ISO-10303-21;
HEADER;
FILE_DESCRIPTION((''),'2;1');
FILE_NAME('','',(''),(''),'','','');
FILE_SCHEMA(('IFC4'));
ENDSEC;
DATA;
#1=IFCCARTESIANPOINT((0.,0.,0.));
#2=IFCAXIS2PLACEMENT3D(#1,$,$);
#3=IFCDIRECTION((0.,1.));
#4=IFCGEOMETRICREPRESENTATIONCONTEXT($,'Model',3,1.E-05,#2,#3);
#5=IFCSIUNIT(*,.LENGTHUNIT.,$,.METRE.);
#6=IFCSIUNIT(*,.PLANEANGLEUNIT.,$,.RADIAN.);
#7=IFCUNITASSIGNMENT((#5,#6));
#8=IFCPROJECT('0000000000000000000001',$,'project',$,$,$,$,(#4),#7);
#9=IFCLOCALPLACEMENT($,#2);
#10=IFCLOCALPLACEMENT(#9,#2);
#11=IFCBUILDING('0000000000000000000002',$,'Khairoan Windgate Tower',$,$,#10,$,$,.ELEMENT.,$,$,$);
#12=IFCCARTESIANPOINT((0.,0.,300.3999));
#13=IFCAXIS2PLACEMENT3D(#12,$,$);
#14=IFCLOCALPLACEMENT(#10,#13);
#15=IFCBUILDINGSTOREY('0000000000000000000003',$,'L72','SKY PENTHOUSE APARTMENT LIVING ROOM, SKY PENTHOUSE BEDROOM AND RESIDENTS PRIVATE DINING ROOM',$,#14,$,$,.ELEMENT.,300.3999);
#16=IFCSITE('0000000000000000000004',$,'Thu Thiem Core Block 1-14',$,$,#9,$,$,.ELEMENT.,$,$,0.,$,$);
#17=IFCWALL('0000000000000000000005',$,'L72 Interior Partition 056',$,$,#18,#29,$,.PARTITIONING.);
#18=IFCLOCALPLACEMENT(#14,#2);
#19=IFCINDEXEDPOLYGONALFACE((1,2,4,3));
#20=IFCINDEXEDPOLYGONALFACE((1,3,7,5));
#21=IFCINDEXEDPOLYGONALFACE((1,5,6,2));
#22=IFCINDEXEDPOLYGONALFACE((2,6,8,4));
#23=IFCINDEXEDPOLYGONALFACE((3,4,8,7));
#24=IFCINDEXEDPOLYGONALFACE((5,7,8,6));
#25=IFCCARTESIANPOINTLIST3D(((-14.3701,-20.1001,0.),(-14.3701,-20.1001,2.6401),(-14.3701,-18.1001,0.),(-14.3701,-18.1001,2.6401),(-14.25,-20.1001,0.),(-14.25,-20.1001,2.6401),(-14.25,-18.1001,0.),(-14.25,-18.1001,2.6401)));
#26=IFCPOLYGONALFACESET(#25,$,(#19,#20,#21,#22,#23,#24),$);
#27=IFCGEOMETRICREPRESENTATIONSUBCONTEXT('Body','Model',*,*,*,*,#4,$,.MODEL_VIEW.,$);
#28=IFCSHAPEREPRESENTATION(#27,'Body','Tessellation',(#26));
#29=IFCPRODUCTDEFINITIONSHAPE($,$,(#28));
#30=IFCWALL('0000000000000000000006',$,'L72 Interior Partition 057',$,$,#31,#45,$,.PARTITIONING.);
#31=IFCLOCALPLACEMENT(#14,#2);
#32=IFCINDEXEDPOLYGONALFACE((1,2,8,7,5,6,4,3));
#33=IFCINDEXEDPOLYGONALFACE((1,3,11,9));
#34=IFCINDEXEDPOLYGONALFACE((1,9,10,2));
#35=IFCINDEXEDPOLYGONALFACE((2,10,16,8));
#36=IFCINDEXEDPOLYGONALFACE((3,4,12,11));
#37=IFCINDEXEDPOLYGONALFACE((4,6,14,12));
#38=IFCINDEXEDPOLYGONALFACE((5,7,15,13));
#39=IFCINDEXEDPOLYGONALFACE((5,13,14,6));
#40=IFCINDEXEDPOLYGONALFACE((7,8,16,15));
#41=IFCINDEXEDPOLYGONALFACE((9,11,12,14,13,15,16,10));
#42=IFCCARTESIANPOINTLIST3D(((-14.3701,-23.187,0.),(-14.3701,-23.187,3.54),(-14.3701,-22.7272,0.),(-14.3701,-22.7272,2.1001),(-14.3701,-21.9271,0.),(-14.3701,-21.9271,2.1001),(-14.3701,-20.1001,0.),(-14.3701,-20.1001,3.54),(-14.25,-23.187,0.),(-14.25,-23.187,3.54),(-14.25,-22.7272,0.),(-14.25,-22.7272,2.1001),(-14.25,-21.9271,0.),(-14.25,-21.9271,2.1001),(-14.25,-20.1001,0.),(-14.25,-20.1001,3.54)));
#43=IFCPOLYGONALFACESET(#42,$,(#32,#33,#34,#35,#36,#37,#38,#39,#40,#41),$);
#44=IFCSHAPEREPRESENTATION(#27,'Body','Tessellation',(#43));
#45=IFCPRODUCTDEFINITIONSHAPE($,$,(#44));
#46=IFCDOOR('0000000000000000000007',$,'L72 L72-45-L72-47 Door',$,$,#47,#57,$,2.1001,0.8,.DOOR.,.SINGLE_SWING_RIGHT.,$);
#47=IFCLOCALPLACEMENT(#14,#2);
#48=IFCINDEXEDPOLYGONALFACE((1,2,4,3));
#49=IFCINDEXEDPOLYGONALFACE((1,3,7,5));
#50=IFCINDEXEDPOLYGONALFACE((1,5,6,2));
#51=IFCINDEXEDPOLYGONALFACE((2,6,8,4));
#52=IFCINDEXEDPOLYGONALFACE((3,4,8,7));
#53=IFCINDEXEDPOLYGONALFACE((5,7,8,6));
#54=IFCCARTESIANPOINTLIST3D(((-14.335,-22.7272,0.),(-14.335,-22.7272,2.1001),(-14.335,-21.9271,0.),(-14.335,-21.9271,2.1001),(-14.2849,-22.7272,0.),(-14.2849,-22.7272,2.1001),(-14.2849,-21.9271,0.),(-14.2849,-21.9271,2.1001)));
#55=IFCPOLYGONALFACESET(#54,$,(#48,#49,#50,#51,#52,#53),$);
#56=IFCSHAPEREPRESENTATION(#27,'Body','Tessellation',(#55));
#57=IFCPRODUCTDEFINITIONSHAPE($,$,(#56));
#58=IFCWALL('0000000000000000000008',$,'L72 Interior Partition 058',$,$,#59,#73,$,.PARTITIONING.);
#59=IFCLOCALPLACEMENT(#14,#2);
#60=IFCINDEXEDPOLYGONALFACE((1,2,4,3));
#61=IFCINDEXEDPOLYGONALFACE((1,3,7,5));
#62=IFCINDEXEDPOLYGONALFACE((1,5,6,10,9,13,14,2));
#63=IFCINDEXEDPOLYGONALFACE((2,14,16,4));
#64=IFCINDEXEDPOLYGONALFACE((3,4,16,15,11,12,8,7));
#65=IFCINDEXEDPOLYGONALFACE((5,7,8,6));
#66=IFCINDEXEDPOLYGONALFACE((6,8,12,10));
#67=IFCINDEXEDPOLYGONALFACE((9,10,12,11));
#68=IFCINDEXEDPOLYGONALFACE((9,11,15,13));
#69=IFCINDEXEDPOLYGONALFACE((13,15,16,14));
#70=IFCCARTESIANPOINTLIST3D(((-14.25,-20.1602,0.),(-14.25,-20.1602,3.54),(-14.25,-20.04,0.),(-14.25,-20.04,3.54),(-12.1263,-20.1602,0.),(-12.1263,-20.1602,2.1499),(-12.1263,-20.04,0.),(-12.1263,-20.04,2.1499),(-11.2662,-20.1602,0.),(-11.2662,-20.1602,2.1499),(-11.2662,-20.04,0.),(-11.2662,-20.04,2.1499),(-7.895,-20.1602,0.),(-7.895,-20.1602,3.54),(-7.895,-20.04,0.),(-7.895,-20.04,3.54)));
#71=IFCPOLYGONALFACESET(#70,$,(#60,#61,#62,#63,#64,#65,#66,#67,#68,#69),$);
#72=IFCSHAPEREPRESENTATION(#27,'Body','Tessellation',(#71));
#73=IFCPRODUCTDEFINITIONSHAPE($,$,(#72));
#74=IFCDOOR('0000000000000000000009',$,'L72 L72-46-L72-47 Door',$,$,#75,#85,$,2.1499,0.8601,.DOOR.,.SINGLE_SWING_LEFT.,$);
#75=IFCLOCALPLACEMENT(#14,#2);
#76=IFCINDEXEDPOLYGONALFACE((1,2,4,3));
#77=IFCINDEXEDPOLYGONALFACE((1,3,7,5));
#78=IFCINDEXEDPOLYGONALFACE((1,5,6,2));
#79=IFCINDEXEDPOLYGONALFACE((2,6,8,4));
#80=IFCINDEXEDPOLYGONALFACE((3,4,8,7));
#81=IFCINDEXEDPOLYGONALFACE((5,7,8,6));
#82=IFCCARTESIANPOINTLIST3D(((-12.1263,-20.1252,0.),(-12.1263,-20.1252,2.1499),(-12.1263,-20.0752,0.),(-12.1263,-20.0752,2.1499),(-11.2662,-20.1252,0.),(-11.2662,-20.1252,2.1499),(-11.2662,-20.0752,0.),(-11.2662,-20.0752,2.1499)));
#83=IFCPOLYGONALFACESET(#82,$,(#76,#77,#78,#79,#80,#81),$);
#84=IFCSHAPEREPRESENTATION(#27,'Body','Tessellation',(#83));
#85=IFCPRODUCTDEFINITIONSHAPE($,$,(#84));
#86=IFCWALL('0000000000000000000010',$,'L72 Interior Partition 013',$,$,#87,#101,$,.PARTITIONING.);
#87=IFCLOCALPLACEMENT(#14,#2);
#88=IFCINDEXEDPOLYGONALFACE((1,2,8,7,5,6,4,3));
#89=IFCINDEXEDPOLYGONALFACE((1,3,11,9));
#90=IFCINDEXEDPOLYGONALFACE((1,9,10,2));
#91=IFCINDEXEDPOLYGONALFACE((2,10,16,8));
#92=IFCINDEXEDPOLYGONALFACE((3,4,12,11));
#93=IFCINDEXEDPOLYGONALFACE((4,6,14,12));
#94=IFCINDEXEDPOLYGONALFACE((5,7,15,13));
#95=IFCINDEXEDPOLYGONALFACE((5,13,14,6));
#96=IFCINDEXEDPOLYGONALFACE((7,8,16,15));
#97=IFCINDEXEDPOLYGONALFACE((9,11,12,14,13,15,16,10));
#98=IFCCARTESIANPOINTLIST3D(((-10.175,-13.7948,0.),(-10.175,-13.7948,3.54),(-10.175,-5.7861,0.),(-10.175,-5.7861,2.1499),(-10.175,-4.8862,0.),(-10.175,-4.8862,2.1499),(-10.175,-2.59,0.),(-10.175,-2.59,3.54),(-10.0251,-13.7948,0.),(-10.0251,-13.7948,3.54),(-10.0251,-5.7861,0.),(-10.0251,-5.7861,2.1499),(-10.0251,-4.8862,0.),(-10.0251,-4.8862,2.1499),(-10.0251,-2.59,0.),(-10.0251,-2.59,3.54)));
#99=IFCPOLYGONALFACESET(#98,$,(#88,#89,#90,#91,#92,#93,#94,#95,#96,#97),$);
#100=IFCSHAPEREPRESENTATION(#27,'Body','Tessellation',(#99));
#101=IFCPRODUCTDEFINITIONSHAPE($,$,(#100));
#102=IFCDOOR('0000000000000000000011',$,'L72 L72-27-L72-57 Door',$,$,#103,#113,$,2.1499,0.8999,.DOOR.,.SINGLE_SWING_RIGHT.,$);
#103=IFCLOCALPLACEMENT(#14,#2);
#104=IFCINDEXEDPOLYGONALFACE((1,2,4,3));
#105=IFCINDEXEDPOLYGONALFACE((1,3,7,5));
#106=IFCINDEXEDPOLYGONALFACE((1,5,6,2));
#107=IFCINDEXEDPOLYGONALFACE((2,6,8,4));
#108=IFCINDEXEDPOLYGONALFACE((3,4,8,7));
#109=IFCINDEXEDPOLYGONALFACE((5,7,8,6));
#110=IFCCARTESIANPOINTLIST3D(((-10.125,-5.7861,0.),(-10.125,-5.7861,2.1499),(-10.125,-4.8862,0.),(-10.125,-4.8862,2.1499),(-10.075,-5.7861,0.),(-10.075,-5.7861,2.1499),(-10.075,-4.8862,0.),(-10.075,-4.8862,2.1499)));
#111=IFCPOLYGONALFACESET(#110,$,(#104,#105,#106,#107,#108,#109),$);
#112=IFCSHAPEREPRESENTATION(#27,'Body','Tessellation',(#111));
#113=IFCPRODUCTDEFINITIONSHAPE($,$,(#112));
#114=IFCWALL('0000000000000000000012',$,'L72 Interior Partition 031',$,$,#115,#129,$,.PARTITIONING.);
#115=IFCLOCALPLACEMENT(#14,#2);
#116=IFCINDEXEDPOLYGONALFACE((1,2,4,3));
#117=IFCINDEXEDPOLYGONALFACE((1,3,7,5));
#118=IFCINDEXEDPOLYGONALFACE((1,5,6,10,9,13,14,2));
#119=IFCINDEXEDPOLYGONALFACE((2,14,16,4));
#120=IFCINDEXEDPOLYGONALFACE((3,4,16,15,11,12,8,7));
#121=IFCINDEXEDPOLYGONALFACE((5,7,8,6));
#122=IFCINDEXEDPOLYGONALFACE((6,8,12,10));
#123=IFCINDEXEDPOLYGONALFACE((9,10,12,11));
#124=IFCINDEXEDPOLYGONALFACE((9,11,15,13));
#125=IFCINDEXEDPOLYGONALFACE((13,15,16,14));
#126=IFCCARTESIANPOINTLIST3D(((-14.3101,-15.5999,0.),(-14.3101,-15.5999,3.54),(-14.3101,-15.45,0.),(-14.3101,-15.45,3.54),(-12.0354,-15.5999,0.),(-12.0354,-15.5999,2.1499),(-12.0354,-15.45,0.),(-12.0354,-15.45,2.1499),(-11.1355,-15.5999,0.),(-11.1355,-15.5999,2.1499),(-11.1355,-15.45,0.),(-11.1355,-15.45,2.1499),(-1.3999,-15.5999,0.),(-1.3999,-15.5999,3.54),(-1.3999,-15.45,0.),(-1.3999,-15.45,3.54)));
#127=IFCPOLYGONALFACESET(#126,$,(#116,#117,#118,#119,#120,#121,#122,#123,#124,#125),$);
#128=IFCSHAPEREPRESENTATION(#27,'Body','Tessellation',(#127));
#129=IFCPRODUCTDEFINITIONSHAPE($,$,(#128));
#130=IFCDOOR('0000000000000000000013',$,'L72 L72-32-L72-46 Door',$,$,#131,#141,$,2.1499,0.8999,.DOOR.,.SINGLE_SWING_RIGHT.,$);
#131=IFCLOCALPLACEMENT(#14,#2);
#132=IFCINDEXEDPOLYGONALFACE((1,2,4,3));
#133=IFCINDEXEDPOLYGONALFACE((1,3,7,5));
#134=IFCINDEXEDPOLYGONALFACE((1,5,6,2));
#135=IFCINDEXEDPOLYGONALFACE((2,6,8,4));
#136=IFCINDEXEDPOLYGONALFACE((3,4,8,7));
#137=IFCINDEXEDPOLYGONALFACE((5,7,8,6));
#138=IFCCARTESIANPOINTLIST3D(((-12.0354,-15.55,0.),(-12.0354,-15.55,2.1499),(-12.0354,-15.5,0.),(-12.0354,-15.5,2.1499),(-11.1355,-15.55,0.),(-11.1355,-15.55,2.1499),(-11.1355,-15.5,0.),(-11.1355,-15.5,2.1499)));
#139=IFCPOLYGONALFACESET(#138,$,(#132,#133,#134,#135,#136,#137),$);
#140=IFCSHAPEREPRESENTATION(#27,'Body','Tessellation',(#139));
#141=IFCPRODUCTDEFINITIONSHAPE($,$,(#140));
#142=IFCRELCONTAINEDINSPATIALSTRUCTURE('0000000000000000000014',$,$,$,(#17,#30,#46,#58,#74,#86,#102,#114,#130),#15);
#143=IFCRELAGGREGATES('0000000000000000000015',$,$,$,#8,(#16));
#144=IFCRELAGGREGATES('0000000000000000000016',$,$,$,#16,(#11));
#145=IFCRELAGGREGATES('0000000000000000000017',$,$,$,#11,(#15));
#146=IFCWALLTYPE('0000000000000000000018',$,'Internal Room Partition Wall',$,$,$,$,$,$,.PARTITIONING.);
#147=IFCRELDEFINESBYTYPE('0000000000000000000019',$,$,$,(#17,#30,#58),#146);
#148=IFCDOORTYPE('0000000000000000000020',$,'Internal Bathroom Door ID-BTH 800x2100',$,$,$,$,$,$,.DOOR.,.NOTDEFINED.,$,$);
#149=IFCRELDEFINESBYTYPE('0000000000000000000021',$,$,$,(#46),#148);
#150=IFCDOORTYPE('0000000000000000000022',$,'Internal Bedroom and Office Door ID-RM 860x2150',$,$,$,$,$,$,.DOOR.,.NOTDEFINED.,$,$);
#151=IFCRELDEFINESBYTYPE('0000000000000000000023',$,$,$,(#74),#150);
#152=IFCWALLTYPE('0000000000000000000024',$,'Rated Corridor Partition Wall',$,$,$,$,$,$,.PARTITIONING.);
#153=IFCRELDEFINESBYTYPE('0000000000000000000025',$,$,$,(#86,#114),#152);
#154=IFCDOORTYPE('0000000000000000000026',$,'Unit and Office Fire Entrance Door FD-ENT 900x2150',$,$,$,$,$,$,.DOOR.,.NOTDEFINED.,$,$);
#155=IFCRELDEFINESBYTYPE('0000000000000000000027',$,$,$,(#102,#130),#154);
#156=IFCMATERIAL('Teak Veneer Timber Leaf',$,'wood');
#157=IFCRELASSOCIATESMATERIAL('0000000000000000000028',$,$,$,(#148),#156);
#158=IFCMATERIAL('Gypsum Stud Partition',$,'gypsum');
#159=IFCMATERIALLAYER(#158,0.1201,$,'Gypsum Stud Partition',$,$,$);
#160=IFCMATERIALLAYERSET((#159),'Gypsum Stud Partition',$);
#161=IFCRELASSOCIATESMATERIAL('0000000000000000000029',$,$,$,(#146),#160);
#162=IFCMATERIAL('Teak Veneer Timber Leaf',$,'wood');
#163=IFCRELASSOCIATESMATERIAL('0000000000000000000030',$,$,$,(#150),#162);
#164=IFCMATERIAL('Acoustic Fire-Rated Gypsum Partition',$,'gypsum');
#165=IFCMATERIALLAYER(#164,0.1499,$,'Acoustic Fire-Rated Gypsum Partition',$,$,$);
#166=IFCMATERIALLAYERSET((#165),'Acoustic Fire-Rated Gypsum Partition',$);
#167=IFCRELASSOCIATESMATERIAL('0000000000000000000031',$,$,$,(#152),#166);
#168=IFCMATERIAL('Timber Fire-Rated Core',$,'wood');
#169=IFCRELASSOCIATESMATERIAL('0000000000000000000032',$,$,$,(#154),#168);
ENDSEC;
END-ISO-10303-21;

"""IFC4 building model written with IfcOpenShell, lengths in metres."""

from ifc_helpers import new_model, si_unit, direction, frame, frame_2d, origin, place, context, subcontext, project, spatial, rectangle, extrude, material, layer, layer_set, type_object, element, fill, save


model = new_model("IFC4")

# Units and contexts
model_context = context("Model", 3, precision=1e-05, world=origin(), true_north=direction((0.0, 1.0)))
body_context = subcontext(model_context, "Body", "Model", "MODEL_VIEW")
ifc_project = project(units=[si_unit("LENGTHUNIT", "METRE"), si_unit("PLANEANGLEUNIT", "RADIAN")], contexts=[model_context])

# Site, building, storey
site_placement = place(None, origin())
site = spatial("IfcSite", under=ifc_project, at=site_placement, Name="Thu Thiem Core Block 1-14", CompositionType="ELEMENT", RefElevation=0.0)
building_placement = place(site_placement, origin())
building = spatial("IfcBuilding", under=site, at=building_placement, Name="Khairoan Windgate Tower", CompositionType="ELEMENT")
storey_placement = place(building_placement, frame((0.0, 0.0, 300.3999)))
storey = spatial("IfcBuildingStorey", under=building, at=storey_placement, Name="L72", Description="SKY PENTHOUSE APARTMENT LIVING ROOM, SKY PENTHOUSE BEDROOM AND RESIDENTS PRIVATE DINING ROOM", CompositionType="ELEMENT", Elevation=300.3999)

# Shared definitions
ifc_material_1 = material(Name="Teak Veneer Timber Leaf", Category="wood")
door_type_1 = type_object("IfcDoorType", Name="Internal Bathroom Door ID-BTH 800x2100", OperationType="NOTDEFINED", PredefinedType="DOOR", material=ifc_material_1)

# Wall
ifc_material_2 = material(Name="Gypsum Stud Partition", Category="gypsum")
ifc_layer_1 = layer(ifc_material_2, 0.1201, Name="Gypsum Stud Partition")
ifc_layer_set_1 = layer_set([ifc_layer_1], Name="Gypsum Stud Partition")
wall_type_1 = type_object("IfcWallType", Name="Internal Room Partition Wall", PredefinedType="PARTITIONING", material=ifc_layer_set_1)
wall_1_placement = place(storey_placement, frame((-14.3101, -20.1001, 0.0), z_axis=(0.0, 0.0, 1.0), x_axis=(0.0, 1.0, 0.0)))
element("IfcWall", 1, at=wall_1_placement, inside=storey, type_object=wall_type_1, Name="L72 Interior Partition 056", PredefinedType="PARTITIONING", context=body_context, shape_type="SweptSolid", body=[
    extrude(rectangle(XDim=2.0, YDim=0.1201, at=frame_2d((1.0, 0.0))), origin(), (0.0, 0.0, 1.0), 2.6401),
])

# Walls, openings, doors
wall_2_placement = place(storey_placement, frame((-14.3101, -23.187, 0.0), z_axis=(0.0, 0.0, 1.0), x_axis=(0.0, 1.0, 0.0)))
wall_2 = element("IfcWall", 2, at=wall_2_placement, inside=storey, type_object=wall_type_1, Name="L72 Interior Partition 057", PredefinedType="PARTITIONING", context=body_context, shape_type="SweptSolid", body=[
    extrude(rectangle(XDim=3.0869, YDim=0.1201, at=frame_2d((1.5435, 0.0))), origin(), (0.0, 0.0, 1.0), 3.54),
])
opening_1_placement = place(wall_2_placement, frame((0.46, 0.0, 0.0)))
opening_1 = element("IfcOpeningElement", 3, at=opening_1_placement, cuts=wall_2, PredefinedType="OPENING", context=body_context, shape_type="SweptSolid", body=[
    extrude(rectangle(XDim=0.8, YDim=2.1001, at=frame_2d((0.3999, 1.05))), frame((0.0, 0.0701, 0.0), z_axis=(0.0, -1.0, 0.0), x_axis=(1.0, 0.0, 0.0)), (0.0, 0.0, 1.0), 0.1401),
])
door_1_placement = place(opening_1_placement, origin())
door_1 = element("IfcDoor", 4, at=door_1_placement, inside=storey, type_object=door_type_1, Name="L72 L72-45-L72-47 Door", OperationType="SINGLE_SWING_RIGHT", OverallHeight=2.1001, OverallWidth=0.8, PredefinedType="DOOR", context=body_context, shape_type="SweptSolid", body=[
    extrude(rectangle(XDim=0.8, YDim=2.1001, at=frame_2d((0.3999, 1.05))), frame((0.0, 0.0249, 0.0), z_axis=(0.0, -1.0, 0.0), x_axis=(1.0, 0.0, 0.0)), (0.0, 0.0, 1.0), 0.05),
])
fill(opening_1, door_1)
wall_3_placement = place(storey_placement, frame((-14.25, -20.1001, 0.0), z_axis=(0.0, 0.0, 1.0), x_axis=(1.0, 0.0, 0.0)))
wall_3 = element("IfcWall", 5, at=wall_3_placement, inside=storey, type_object=wall_type_1, Name="L72 Interior Partition 058", PredefinedType="PARTITIONING", context=body_context, shape_type="SweptSolid", body=[
    extrude(rectangle(XDim=6.355, YDim=0.1201, at=frame_2d((3.1775, 0.0))), origin(), (0.0, 0.0, 1.0), 3.54),
])
opening_2_placement = place(wall_3_placement, frame((2.1235, 0.0, 0.0)))
opening_2 = element("IfcOpeningElement", 6, at=opening_2_placement, cuts=wall_3, PredefinedType="OPENING", context=body_context, shape_type="SweptSolid", body=[
    extrude(rectangle(XDim=0.8601, YDim=2.1499, at=frame_2d((0.4302, 1.075))), frame((0.0, 0.0701, 0.0), z_axis=(0.0, -1.0, 0.0), x_axis=(1.0, 0.0, 0.0)), (0.0, 0.0, 1.0), 0.1401),
])
ifc_material_3 = material(Name="Teak Veneer Timber Leaf", Category="wood")
door_type_2 = type_object("IfcDoorType", Name="Internal Bedroom and Office Door ID-RM 860x2150", OperationType="NOTDEFINED", PredefinedType="DOOR", material=ifc_material_3)
door_2_placement = place(opening_2_placement, origin())
door_2 = element("IfcDoor", 7, at=door_2_placement, inside=storey, type_object=door_type_2, Name="L72 L72-46-L72-47 Door", OperationType="SINGLE_SWING_LEFT", OverallHeight=2.1499, OverallWidth=0.8601, PredefinedType="DOOR", context=body_context, shape_type="SweptSolid", body=[
    extrude(rectangle(XDim=0.8601, YDim=2.1499, at=frame_2d((0.4302, 1.075))), frame((0.0, 0.0249, 0.0), z_axis=(0.0, -1.0, 0.0), x_axis=(1.0, 0.0, 0.0)), (0.0, 0.0, 1.0), 0.05),
])
fill(opening_2, door_2)
ifc_material_4 = material(Name="Acoustic Fire-Rated Gypsum Partition", Category="gypsum")
ifc_layer_2 = layer(ifc_material_4, 0.1499, Name="Acoustic Fire-Rated Gypsum Partition")
ifc_layer_set_2 = layer_set([ifc_layer_2], Name="Acoustic Fire-Rated Gypsum Partition")
wall_type_2 = type_object("IfcWallType", Name="Rated Corridor Partition Wall", PredefinedType="PARTITIONING", material=ifc_layer_set_2)
wall_4_placement = place(storey_placement, frame((-10.1001, -13.7949, 0.0), z_axis=(0.0, 0.0, 1.0), x_axis=(0.0, 1.0, 0.0)))
wall_4 = element("IfcWall", 8, at=wall_4_placement, inside=storey, type_object=wall_type_2, Name="L72 Interior Partition 013", PredefinedType="PARTITIONING", context=body_context, shape_type="SweptSolid", body=[
    extrude(rectangle(XDim=11.2048, YDim=0.1499, at=frame_2d((5.6025, 0.0))), origin(), (0.0, 0.0, 1.0), 3.54),
])
opening_3_placement = place(wall_4_placement, frame((8.0088, 0.0, 0.0)))
opening_3 = element("IfcOpeningElement", 9, at=opening_3_placement, cuts=wall_4, PredefinedType="OPENING", context=body_context, shape_type="SweptSolid", body=[
    extrude(rectangle(XDim=0.8999, YDim=2.1499, at=frame_2d((0.45, 1.075))), frame((0.0, 0.085, 0.0), z_axis=(0.0, -1.0, 0.0), x_axis=(1.0, 0.0, 0.0)), (0.0, 0.0, 1.0), 0.1699),
])
ifc_material_5 = material(Name="Timber Fire-Rated Core", Category="wood")
door_type_3 = type_object("IfcDoorType", Name="Unit and Office Fire Entrance Door FD-ENT 900x2150", OperationType="NOTDEFINED", PredefinedType="DOOR", material=ifc_material_5)
door_3_placement = place(opening_3_placement, origin())
door_3 = element("IfcDoor", 10, at=door_3_placement, inside=storey, type_object=door_type_3, Name="L72 L72-27-L72-57 Door", OperationType="SINGLE_SWING_RIGHT", OverallHeight=2.1499, OverallWidth=0.8999, PredefinedType="DOOR", context=body_context, shape_type="SweptSolid", body=[
    extrude(rectangle(XDim=0.8999, YDim=2.1499, at=frame_2d((0.45, 1.075))), frame((0.0, 0.0249, 0.0), z_axis=(0.0, -1.0, 0.0), x_axis=(1.0, 0.0, 0.0)), (0.0, 0.0, 1.0), 0.05),
])
fill(opening_3, door_3)
wall_5_placement = place(storey_placement, frame((-14.3101, -15.5249, 0.0), z_axis=(0.0, 0.0, 1.0), x_axis=(1.0, 0.0, 0.0)))
wall_5 = element("IfcWall", 11, at=wall_5_placement, inside=storey, type_object=wall_type_2, Name="L72 Interior Partition 031", PredefinedType="PARTITIONING", context=body_context, shape_type="SweptSolid", body=[
    extrude(rectangle(XDim=12.9102, YDim=0.1499, at=frame_2d((6.4551, 0.0))), origin(), (0.0, 0.0, 1.0), 3.54),
])
opening_4_placement = place(wall_5_placement, frame((2.2747, 0.0, 0.0)))
opening_4 = element("IfcOpeningElement", 12, at=opening_4_placement, cuts=wall_5, PredefinedType="OPENING", context=body_context, shape_type="SweptSolid", body=[
    extrude(rectangle(XDim=0.8999, YDim=2.1499, at=frame_2d((0.45, 1.075))), frame((0.0, 0.085, 0.0), z_axis=(0.0, -1.0, 0.0), x_axis=(1.0, 0.0, 0.0)), (0.0, 0.0, 1.0), 0.1699),
])
door_4_placement = place(opening_4_placement, origin())
door_4 = element("IfcDoor", 13, at=door_4_placement, inside=storey, type_object=door_type_3, Name="L72 L72-32-L72-46 Door", OperationType="SINGLE_SWING_RIGHT", OverallHeight=2.1499, OverallWidth=0.8999, PredefinedType="DOOR", context=body_context, shape_type="SweptSolid", body=[
    extrude(rectangle(XDim=0.8999, YDim=2.1499, at=frame_2d((0.45, 1.075))), frame((0.0, 0.0249, 0.0), z_axis=(0.0, -1.0, 0.0), x_axis=(1.0, 0.0, 0.0)), (0.0, 0.0, 1.0), 0.05),
])
fill(opening_4, door_4)

save(model, "model.ifc")
